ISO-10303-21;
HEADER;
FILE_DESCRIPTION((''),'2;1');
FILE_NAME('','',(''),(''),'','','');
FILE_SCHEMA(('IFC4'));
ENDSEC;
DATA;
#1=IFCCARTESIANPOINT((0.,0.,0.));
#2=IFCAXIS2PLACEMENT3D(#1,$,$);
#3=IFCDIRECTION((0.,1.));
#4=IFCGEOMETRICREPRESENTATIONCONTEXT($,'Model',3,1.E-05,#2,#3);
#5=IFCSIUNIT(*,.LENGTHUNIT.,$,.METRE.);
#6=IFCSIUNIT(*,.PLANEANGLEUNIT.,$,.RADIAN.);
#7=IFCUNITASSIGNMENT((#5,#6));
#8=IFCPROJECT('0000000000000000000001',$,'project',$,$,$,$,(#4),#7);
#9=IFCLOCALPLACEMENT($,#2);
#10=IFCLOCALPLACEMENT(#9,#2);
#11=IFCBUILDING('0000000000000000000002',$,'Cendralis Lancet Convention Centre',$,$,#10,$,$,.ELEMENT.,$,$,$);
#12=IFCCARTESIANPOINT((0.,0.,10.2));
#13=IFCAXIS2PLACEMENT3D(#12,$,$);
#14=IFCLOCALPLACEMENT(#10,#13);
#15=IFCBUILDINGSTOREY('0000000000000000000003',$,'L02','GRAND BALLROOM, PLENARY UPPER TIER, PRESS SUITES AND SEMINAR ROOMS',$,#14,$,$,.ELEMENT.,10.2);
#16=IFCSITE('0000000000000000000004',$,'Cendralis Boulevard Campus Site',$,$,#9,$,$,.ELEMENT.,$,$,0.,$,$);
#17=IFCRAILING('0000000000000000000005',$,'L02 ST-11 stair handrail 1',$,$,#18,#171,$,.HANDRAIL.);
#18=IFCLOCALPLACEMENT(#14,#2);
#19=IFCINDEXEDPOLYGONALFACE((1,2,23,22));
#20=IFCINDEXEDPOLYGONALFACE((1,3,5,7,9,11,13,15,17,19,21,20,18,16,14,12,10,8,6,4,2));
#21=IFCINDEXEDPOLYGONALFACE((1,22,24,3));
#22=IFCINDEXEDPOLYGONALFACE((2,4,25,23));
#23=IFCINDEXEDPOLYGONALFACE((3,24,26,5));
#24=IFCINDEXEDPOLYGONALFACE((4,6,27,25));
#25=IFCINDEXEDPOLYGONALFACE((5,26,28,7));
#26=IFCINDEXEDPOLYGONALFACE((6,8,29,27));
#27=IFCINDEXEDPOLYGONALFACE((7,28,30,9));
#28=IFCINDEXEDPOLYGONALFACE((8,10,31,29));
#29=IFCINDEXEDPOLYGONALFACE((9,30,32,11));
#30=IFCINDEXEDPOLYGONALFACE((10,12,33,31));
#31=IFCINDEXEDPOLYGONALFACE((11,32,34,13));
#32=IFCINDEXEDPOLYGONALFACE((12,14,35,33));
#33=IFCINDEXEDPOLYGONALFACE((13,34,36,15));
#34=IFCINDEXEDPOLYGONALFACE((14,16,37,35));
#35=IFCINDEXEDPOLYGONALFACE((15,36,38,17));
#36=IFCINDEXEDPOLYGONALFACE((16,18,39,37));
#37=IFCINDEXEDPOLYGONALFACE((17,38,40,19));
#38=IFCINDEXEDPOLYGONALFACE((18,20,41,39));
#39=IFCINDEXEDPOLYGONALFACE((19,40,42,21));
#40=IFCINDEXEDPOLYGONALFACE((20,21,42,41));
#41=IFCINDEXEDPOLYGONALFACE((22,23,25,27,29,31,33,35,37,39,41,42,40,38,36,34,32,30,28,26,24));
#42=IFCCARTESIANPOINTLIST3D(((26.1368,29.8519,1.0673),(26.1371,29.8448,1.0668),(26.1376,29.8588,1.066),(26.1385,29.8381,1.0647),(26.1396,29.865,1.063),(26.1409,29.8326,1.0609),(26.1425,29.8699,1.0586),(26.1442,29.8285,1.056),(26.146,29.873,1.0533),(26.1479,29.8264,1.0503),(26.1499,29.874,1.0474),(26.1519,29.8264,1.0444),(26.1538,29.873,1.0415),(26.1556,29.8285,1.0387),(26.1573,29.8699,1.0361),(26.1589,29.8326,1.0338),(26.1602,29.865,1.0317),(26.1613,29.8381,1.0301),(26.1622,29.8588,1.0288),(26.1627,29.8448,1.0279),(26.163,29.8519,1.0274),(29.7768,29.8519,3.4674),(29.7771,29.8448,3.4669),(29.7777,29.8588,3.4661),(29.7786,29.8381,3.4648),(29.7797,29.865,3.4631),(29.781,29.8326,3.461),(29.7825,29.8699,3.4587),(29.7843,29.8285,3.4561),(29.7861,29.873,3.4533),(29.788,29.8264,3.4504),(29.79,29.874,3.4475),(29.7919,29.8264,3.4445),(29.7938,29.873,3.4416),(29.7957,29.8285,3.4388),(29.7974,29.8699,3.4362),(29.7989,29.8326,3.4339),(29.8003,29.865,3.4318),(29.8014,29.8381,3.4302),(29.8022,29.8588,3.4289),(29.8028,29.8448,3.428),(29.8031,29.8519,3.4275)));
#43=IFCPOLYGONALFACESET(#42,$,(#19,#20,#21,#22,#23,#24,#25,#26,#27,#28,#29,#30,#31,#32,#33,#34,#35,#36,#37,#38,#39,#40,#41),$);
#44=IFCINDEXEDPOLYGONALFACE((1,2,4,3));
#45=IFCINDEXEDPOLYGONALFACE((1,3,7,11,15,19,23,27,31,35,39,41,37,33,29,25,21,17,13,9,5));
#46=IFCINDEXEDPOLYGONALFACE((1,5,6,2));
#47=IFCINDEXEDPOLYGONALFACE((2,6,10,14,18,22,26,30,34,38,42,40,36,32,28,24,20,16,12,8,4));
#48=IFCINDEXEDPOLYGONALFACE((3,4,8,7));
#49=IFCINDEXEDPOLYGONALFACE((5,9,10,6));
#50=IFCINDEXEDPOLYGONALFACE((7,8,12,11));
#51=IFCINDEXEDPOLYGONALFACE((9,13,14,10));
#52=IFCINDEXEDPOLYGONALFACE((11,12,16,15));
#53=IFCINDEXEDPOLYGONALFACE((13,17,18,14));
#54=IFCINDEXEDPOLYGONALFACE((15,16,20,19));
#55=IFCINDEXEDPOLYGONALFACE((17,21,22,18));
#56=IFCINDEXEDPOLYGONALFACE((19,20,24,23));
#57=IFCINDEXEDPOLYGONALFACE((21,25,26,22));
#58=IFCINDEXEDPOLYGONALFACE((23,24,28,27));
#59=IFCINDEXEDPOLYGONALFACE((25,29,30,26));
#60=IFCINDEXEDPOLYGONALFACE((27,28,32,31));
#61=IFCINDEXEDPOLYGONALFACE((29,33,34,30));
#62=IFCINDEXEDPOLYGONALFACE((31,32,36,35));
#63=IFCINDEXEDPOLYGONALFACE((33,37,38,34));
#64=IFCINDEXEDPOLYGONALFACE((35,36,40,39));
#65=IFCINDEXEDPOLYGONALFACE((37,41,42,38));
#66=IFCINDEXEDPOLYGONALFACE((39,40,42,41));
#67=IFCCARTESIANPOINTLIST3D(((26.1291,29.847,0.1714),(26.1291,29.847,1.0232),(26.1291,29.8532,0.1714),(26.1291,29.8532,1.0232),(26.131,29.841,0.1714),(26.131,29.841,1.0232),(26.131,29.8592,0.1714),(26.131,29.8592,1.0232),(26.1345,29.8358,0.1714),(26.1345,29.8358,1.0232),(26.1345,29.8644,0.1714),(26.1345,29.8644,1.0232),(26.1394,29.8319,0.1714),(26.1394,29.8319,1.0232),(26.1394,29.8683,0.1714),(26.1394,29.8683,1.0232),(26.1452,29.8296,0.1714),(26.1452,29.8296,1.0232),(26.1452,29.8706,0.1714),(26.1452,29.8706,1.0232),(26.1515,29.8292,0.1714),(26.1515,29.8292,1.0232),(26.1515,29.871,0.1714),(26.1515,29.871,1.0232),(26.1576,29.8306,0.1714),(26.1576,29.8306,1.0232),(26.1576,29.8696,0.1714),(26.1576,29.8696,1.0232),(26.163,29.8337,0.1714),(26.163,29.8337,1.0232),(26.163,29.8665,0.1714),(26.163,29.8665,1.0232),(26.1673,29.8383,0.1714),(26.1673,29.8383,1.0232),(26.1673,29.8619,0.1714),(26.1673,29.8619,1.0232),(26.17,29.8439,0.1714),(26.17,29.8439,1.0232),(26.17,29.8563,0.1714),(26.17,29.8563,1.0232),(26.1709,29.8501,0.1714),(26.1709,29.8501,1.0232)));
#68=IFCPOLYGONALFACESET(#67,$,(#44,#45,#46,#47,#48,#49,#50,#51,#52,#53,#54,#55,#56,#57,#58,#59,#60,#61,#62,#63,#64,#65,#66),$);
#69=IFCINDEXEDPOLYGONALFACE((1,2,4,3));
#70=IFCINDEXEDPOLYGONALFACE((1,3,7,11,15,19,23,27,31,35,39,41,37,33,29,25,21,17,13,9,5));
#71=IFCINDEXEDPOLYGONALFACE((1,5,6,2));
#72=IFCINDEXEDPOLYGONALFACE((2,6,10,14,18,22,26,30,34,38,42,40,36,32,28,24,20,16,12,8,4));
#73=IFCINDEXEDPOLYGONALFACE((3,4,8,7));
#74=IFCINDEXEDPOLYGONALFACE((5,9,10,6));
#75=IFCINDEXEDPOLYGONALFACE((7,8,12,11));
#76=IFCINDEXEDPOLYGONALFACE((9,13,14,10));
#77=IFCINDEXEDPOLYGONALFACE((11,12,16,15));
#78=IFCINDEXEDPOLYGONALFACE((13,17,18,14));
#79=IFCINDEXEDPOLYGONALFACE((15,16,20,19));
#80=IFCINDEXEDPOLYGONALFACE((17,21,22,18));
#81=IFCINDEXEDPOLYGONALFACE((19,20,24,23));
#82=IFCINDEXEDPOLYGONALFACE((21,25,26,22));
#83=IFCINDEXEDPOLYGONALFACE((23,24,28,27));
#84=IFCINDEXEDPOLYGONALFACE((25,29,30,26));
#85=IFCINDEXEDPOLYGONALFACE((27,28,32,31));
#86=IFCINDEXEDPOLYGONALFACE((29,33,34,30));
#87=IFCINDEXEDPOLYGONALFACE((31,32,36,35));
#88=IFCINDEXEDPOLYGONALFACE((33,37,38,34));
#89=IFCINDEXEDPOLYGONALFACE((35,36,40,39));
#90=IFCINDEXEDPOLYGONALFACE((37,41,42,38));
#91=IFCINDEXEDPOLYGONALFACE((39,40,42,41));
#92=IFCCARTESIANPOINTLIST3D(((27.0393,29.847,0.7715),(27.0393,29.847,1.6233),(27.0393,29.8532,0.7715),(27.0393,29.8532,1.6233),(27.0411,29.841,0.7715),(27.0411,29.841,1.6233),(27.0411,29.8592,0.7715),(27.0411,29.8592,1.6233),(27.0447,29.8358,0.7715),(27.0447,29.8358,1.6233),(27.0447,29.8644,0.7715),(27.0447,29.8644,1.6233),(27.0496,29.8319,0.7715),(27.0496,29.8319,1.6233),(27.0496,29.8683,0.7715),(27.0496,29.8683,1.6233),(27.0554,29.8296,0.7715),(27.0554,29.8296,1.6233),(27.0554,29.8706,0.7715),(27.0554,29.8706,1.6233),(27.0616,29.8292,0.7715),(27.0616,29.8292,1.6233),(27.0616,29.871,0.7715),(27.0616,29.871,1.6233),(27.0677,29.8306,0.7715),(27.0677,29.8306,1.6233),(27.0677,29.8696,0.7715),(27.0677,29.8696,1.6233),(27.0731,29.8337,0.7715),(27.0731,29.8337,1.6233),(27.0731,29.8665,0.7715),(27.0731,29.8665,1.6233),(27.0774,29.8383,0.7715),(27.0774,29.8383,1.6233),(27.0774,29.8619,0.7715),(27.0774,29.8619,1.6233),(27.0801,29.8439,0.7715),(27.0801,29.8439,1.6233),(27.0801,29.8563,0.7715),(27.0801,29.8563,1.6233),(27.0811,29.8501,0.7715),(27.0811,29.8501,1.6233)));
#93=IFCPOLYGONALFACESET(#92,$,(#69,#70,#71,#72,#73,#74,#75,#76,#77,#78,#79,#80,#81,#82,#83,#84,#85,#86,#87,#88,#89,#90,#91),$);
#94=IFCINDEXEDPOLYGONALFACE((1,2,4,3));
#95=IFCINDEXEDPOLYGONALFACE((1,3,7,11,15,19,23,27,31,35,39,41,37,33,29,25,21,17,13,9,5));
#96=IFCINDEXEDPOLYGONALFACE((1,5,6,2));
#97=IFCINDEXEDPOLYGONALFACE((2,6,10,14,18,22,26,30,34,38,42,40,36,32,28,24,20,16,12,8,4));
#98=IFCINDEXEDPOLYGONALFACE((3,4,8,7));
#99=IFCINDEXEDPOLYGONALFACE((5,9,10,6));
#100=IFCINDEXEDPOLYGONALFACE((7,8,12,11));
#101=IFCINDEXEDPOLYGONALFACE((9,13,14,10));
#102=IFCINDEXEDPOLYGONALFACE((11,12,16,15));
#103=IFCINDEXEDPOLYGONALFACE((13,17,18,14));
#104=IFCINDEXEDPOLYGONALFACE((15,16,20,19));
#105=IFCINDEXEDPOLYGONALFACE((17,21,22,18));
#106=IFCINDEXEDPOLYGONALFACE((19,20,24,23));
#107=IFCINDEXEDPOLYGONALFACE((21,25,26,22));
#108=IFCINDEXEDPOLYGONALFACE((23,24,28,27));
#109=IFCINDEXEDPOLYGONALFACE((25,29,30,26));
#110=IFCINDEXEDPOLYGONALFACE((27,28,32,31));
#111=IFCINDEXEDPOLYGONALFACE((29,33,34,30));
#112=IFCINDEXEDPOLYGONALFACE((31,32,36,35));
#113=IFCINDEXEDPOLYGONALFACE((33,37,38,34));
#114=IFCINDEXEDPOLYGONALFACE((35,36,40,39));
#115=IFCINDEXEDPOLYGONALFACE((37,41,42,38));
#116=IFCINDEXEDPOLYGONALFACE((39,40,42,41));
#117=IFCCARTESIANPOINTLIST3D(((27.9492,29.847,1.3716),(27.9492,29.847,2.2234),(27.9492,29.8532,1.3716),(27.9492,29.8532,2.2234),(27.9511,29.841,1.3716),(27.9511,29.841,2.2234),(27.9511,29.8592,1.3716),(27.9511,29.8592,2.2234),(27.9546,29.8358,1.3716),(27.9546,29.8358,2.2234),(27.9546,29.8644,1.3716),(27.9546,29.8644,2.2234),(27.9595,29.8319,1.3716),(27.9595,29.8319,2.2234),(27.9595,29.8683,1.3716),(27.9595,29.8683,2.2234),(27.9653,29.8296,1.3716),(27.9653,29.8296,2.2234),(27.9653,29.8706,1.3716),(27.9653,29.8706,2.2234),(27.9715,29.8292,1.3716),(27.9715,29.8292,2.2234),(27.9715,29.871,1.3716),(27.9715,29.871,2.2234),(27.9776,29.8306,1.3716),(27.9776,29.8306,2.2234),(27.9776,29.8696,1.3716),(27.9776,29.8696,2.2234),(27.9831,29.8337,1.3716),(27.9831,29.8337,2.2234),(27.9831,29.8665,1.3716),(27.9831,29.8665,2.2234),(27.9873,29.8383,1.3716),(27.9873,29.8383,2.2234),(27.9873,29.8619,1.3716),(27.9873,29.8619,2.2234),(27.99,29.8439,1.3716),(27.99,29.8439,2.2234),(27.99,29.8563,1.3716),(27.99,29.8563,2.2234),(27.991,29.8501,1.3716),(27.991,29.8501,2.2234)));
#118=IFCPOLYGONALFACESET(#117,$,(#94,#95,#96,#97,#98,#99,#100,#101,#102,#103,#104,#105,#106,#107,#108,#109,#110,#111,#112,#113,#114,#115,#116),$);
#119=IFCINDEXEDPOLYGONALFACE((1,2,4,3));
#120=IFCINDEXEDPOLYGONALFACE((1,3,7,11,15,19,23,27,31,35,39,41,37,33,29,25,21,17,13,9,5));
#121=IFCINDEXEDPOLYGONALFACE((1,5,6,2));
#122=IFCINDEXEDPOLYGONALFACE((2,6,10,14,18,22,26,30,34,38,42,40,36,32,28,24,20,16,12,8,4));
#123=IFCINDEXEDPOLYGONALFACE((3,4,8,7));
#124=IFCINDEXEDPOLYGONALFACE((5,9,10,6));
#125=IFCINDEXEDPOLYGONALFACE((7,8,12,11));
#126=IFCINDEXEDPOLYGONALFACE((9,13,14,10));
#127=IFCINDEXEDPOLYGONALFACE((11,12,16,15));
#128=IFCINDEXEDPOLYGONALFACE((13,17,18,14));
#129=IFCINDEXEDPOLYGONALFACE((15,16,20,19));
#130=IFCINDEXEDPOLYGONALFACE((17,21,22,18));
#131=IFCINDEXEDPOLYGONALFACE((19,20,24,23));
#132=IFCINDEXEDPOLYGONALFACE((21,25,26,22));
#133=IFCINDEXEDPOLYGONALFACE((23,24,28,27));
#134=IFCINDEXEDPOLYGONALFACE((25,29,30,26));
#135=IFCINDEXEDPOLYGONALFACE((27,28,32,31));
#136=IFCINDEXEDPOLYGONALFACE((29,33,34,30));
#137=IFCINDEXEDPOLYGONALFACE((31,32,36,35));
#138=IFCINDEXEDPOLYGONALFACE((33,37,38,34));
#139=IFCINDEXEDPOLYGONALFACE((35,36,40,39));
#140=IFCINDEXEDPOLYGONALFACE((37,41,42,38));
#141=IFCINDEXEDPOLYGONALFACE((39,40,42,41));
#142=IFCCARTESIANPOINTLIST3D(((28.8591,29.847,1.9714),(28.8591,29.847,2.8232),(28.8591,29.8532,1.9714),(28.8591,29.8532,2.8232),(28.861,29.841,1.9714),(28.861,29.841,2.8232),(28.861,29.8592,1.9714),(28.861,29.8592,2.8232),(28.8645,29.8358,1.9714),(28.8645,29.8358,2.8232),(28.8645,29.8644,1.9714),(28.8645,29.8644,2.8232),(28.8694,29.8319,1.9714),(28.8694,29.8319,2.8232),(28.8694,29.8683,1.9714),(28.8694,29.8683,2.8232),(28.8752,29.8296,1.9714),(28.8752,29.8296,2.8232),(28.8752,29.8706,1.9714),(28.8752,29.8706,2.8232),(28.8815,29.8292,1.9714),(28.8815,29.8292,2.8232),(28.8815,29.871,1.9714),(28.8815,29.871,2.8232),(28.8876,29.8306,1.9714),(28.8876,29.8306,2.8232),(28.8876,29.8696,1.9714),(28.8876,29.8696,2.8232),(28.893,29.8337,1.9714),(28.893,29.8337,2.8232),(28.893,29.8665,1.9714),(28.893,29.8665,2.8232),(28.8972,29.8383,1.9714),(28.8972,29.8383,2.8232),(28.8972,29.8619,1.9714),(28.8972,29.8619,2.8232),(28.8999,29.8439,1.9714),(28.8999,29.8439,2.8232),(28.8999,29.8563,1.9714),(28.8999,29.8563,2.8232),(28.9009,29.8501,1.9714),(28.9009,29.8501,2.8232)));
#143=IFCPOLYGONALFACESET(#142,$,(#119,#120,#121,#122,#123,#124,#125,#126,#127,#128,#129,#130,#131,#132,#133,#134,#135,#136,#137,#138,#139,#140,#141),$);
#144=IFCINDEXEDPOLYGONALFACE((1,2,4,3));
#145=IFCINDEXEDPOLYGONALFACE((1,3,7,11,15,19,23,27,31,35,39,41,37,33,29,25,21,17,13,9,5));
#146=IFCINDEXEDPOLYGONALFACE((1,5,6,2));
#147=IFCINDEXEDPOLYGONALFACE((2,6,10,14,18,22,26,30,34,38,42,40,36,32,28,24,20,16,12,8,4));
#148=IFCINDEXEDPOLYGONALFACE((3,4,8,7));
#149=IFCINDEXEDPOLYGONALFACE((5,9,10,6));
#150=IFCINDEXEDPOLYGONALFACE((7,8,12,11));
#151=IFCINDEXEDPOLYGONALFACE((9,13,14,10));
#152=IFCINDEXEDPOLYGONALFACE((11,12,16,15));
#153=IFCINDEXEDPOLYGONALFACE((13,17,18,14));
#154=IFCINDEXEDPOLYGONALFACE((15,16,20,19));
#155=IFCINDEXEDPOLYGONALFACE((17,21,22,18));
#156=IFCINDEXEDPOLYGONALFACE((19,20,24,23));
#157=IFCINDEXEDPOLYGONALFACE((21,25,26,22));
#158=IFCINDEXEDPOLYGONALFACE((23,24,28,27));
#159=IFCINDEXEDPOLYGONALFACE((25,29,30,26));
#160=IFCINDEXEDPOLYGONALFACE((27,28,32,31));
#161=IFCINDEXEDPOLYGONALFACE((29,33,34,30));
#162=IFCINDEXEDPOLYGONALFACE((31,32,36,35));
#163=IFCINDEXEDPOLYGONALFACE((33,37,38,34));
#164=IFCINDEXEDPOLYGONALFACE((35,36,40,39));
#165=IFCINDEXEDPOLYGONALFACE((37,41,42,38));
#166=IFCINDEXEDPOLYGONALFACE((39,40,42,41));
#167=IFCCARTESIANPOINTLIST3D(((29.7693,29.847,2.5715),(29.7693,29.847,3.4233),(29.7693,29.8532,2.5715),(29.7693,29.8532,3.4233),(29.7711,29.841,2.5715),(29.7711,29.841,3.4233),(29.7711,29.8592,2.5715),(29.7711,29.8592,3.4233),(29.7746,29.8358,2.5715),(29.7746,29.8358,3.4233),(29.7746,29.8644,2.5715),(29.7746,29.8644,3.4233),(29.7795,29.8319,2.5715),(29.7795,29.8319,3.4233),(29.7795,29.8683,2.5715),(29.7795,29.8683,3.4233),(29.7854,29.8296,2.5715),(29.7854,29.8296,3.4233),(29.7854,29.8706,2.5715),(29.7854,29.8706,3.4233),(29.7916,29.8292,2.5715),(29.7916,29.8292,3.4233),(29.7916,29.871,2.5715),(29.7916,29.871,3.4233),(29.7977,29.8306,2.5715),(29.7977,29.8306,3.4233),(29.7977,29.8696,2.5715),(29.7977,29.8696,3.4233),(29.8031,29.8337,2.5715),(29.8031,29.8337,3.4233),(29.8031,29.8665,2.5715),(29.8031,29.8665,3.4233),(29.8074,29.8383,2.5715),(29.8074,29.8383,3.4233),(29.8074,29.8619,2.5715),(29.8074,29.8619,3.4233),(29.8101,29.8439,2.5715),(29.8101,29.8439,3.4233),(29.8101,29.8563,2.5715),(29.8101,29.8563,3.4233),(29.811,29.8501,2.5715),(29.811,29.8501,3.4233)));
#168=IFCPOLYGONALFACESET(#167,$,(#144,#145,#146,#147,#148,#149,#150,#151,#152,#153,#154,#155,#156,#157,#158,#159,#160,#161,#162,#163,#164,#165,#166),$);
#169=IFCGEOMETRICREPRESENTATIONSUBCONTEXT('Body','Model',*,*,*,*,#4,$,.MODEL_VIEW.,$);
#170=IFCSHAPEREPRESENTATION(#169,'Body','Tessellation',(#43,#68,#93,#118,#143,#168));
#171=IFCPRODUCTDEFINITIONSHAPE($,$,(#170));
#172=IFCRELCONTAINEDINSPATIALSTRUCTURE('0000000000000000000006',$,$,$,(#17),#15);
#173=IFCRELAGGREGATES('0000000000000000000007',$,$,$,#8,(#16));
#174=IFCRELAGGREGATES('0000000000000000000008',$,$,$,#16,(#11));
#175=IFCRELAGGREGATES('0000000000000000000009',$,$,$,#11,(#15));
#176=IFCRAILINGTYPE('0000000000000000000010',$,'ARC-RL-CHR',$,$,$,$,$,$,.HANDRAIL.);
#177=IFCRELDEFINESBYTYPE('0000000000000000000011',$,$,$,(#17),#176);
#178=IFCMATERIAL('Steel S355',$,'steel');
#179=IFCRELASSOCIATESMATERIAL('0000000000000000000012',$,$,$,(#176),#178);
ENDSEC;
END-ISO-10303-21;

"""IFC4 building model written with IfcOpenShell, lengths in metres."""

from ifc_helpers import new_model, si_unit, direction, frame, origin, origin_2d, place, context, subcontext, project, spatial, circle, extrude, material, type_object, element, save


model = new_model("IFC4")

# Units and contexts
model_context = context("Model", 3, precision=1e-05, world=origin(), true_north=direction((0.0, 1.0)))
body_context = subcontext(model_context, "Body", "Model", "MODEL_VIEW")
ifc_project = project(units=[si_unit("LENGTHUNIT", "METRE"), si_unit("PLANEANGLEUNIT", "RADIAN")], contexts=[model_context])

# Site, building, storey
site_placement = place(None, origin())
site = spatial("IfcSite", under=ifc_project, at=site_placement, Name="Cendralis Boulevard Campus Site", CompositionType="ELEMENT", RefElevation=0.0)
building_placement = place(site_placement, origin())
building = spatial("IfcBuilding", under=site, at=building_placement, Name="Cendralis Lancet Convention Centre", CompositionType="ELEMENT")
storey_placement = place(building_placement, frame((0.0, 0.0, 10.2)))
storey = spatial("IfcBuildingStorey", under=building, at=storey_placement, Name="L02", Description="GRAND BALLROOM, PLENARY UPPER TIER, PRESS SUITES AND SEMINAR ROOMS", CompositionType="ELEMENT", Elevation=10.2)

# Shared definitions
ifc_material_1 = material(Name="Steel S355", Category="steel")

# Railing
railing_type = type_object("IfcRailingType", Name="ARC-RL-CHR", PredefinedType="HANDRAIL", material=ifc_material_1)
railing_placement = place(storey_placement, frame((26.1499, 29.8501, 0.1714)))
element("IfcRailing", 1, at=railing_placement, inside=storey, type_object=railing_type, Name="L02 ST-11 stair handrail 1", PredefinedType="HANDRAIL", context=body_context, shape_type="SweptSolid", body=[
    extrude(circle(Radius=0.0239, at=origin_2d()), frame((0.0, 0.0, 0.876), z_axis=(0.834856, 0.0, 0.550468), x_axis=(0.0, 1.0, 0.0)), (0.0, 0.0, 1.0), 4.3601),
    extrude(circle(Radius=0.021, at=origin_2d()), origin(), (0.0, 0.0, 1.0), 0.8518),
    extrude(circle(Radius=0.021, at=origin_2d()), frame((0.9102, 0.0, 0.6001)), (0.0, 0.0, 1.0), 0.8518),
    extrude(circle(Radius=0.021, at=origin_2d()), frame((1.8201, 0.0, 1.2002)), (0.0, 0.0, 1.0), 0.8518),
    extrude(circle(Radius=0.021, at=origin_2d()), frame((2.73, 0.0, 1.8)), (0.0, 0.0, 1.0), 0.8518),
    extrude(circle(Radius=0.021, at=origin_2d()), frame((3.6401, 0.0, 2.4001)), (0.0, 0.0, 1.0), 0.8518),
])

save(model, "model.ifc")
